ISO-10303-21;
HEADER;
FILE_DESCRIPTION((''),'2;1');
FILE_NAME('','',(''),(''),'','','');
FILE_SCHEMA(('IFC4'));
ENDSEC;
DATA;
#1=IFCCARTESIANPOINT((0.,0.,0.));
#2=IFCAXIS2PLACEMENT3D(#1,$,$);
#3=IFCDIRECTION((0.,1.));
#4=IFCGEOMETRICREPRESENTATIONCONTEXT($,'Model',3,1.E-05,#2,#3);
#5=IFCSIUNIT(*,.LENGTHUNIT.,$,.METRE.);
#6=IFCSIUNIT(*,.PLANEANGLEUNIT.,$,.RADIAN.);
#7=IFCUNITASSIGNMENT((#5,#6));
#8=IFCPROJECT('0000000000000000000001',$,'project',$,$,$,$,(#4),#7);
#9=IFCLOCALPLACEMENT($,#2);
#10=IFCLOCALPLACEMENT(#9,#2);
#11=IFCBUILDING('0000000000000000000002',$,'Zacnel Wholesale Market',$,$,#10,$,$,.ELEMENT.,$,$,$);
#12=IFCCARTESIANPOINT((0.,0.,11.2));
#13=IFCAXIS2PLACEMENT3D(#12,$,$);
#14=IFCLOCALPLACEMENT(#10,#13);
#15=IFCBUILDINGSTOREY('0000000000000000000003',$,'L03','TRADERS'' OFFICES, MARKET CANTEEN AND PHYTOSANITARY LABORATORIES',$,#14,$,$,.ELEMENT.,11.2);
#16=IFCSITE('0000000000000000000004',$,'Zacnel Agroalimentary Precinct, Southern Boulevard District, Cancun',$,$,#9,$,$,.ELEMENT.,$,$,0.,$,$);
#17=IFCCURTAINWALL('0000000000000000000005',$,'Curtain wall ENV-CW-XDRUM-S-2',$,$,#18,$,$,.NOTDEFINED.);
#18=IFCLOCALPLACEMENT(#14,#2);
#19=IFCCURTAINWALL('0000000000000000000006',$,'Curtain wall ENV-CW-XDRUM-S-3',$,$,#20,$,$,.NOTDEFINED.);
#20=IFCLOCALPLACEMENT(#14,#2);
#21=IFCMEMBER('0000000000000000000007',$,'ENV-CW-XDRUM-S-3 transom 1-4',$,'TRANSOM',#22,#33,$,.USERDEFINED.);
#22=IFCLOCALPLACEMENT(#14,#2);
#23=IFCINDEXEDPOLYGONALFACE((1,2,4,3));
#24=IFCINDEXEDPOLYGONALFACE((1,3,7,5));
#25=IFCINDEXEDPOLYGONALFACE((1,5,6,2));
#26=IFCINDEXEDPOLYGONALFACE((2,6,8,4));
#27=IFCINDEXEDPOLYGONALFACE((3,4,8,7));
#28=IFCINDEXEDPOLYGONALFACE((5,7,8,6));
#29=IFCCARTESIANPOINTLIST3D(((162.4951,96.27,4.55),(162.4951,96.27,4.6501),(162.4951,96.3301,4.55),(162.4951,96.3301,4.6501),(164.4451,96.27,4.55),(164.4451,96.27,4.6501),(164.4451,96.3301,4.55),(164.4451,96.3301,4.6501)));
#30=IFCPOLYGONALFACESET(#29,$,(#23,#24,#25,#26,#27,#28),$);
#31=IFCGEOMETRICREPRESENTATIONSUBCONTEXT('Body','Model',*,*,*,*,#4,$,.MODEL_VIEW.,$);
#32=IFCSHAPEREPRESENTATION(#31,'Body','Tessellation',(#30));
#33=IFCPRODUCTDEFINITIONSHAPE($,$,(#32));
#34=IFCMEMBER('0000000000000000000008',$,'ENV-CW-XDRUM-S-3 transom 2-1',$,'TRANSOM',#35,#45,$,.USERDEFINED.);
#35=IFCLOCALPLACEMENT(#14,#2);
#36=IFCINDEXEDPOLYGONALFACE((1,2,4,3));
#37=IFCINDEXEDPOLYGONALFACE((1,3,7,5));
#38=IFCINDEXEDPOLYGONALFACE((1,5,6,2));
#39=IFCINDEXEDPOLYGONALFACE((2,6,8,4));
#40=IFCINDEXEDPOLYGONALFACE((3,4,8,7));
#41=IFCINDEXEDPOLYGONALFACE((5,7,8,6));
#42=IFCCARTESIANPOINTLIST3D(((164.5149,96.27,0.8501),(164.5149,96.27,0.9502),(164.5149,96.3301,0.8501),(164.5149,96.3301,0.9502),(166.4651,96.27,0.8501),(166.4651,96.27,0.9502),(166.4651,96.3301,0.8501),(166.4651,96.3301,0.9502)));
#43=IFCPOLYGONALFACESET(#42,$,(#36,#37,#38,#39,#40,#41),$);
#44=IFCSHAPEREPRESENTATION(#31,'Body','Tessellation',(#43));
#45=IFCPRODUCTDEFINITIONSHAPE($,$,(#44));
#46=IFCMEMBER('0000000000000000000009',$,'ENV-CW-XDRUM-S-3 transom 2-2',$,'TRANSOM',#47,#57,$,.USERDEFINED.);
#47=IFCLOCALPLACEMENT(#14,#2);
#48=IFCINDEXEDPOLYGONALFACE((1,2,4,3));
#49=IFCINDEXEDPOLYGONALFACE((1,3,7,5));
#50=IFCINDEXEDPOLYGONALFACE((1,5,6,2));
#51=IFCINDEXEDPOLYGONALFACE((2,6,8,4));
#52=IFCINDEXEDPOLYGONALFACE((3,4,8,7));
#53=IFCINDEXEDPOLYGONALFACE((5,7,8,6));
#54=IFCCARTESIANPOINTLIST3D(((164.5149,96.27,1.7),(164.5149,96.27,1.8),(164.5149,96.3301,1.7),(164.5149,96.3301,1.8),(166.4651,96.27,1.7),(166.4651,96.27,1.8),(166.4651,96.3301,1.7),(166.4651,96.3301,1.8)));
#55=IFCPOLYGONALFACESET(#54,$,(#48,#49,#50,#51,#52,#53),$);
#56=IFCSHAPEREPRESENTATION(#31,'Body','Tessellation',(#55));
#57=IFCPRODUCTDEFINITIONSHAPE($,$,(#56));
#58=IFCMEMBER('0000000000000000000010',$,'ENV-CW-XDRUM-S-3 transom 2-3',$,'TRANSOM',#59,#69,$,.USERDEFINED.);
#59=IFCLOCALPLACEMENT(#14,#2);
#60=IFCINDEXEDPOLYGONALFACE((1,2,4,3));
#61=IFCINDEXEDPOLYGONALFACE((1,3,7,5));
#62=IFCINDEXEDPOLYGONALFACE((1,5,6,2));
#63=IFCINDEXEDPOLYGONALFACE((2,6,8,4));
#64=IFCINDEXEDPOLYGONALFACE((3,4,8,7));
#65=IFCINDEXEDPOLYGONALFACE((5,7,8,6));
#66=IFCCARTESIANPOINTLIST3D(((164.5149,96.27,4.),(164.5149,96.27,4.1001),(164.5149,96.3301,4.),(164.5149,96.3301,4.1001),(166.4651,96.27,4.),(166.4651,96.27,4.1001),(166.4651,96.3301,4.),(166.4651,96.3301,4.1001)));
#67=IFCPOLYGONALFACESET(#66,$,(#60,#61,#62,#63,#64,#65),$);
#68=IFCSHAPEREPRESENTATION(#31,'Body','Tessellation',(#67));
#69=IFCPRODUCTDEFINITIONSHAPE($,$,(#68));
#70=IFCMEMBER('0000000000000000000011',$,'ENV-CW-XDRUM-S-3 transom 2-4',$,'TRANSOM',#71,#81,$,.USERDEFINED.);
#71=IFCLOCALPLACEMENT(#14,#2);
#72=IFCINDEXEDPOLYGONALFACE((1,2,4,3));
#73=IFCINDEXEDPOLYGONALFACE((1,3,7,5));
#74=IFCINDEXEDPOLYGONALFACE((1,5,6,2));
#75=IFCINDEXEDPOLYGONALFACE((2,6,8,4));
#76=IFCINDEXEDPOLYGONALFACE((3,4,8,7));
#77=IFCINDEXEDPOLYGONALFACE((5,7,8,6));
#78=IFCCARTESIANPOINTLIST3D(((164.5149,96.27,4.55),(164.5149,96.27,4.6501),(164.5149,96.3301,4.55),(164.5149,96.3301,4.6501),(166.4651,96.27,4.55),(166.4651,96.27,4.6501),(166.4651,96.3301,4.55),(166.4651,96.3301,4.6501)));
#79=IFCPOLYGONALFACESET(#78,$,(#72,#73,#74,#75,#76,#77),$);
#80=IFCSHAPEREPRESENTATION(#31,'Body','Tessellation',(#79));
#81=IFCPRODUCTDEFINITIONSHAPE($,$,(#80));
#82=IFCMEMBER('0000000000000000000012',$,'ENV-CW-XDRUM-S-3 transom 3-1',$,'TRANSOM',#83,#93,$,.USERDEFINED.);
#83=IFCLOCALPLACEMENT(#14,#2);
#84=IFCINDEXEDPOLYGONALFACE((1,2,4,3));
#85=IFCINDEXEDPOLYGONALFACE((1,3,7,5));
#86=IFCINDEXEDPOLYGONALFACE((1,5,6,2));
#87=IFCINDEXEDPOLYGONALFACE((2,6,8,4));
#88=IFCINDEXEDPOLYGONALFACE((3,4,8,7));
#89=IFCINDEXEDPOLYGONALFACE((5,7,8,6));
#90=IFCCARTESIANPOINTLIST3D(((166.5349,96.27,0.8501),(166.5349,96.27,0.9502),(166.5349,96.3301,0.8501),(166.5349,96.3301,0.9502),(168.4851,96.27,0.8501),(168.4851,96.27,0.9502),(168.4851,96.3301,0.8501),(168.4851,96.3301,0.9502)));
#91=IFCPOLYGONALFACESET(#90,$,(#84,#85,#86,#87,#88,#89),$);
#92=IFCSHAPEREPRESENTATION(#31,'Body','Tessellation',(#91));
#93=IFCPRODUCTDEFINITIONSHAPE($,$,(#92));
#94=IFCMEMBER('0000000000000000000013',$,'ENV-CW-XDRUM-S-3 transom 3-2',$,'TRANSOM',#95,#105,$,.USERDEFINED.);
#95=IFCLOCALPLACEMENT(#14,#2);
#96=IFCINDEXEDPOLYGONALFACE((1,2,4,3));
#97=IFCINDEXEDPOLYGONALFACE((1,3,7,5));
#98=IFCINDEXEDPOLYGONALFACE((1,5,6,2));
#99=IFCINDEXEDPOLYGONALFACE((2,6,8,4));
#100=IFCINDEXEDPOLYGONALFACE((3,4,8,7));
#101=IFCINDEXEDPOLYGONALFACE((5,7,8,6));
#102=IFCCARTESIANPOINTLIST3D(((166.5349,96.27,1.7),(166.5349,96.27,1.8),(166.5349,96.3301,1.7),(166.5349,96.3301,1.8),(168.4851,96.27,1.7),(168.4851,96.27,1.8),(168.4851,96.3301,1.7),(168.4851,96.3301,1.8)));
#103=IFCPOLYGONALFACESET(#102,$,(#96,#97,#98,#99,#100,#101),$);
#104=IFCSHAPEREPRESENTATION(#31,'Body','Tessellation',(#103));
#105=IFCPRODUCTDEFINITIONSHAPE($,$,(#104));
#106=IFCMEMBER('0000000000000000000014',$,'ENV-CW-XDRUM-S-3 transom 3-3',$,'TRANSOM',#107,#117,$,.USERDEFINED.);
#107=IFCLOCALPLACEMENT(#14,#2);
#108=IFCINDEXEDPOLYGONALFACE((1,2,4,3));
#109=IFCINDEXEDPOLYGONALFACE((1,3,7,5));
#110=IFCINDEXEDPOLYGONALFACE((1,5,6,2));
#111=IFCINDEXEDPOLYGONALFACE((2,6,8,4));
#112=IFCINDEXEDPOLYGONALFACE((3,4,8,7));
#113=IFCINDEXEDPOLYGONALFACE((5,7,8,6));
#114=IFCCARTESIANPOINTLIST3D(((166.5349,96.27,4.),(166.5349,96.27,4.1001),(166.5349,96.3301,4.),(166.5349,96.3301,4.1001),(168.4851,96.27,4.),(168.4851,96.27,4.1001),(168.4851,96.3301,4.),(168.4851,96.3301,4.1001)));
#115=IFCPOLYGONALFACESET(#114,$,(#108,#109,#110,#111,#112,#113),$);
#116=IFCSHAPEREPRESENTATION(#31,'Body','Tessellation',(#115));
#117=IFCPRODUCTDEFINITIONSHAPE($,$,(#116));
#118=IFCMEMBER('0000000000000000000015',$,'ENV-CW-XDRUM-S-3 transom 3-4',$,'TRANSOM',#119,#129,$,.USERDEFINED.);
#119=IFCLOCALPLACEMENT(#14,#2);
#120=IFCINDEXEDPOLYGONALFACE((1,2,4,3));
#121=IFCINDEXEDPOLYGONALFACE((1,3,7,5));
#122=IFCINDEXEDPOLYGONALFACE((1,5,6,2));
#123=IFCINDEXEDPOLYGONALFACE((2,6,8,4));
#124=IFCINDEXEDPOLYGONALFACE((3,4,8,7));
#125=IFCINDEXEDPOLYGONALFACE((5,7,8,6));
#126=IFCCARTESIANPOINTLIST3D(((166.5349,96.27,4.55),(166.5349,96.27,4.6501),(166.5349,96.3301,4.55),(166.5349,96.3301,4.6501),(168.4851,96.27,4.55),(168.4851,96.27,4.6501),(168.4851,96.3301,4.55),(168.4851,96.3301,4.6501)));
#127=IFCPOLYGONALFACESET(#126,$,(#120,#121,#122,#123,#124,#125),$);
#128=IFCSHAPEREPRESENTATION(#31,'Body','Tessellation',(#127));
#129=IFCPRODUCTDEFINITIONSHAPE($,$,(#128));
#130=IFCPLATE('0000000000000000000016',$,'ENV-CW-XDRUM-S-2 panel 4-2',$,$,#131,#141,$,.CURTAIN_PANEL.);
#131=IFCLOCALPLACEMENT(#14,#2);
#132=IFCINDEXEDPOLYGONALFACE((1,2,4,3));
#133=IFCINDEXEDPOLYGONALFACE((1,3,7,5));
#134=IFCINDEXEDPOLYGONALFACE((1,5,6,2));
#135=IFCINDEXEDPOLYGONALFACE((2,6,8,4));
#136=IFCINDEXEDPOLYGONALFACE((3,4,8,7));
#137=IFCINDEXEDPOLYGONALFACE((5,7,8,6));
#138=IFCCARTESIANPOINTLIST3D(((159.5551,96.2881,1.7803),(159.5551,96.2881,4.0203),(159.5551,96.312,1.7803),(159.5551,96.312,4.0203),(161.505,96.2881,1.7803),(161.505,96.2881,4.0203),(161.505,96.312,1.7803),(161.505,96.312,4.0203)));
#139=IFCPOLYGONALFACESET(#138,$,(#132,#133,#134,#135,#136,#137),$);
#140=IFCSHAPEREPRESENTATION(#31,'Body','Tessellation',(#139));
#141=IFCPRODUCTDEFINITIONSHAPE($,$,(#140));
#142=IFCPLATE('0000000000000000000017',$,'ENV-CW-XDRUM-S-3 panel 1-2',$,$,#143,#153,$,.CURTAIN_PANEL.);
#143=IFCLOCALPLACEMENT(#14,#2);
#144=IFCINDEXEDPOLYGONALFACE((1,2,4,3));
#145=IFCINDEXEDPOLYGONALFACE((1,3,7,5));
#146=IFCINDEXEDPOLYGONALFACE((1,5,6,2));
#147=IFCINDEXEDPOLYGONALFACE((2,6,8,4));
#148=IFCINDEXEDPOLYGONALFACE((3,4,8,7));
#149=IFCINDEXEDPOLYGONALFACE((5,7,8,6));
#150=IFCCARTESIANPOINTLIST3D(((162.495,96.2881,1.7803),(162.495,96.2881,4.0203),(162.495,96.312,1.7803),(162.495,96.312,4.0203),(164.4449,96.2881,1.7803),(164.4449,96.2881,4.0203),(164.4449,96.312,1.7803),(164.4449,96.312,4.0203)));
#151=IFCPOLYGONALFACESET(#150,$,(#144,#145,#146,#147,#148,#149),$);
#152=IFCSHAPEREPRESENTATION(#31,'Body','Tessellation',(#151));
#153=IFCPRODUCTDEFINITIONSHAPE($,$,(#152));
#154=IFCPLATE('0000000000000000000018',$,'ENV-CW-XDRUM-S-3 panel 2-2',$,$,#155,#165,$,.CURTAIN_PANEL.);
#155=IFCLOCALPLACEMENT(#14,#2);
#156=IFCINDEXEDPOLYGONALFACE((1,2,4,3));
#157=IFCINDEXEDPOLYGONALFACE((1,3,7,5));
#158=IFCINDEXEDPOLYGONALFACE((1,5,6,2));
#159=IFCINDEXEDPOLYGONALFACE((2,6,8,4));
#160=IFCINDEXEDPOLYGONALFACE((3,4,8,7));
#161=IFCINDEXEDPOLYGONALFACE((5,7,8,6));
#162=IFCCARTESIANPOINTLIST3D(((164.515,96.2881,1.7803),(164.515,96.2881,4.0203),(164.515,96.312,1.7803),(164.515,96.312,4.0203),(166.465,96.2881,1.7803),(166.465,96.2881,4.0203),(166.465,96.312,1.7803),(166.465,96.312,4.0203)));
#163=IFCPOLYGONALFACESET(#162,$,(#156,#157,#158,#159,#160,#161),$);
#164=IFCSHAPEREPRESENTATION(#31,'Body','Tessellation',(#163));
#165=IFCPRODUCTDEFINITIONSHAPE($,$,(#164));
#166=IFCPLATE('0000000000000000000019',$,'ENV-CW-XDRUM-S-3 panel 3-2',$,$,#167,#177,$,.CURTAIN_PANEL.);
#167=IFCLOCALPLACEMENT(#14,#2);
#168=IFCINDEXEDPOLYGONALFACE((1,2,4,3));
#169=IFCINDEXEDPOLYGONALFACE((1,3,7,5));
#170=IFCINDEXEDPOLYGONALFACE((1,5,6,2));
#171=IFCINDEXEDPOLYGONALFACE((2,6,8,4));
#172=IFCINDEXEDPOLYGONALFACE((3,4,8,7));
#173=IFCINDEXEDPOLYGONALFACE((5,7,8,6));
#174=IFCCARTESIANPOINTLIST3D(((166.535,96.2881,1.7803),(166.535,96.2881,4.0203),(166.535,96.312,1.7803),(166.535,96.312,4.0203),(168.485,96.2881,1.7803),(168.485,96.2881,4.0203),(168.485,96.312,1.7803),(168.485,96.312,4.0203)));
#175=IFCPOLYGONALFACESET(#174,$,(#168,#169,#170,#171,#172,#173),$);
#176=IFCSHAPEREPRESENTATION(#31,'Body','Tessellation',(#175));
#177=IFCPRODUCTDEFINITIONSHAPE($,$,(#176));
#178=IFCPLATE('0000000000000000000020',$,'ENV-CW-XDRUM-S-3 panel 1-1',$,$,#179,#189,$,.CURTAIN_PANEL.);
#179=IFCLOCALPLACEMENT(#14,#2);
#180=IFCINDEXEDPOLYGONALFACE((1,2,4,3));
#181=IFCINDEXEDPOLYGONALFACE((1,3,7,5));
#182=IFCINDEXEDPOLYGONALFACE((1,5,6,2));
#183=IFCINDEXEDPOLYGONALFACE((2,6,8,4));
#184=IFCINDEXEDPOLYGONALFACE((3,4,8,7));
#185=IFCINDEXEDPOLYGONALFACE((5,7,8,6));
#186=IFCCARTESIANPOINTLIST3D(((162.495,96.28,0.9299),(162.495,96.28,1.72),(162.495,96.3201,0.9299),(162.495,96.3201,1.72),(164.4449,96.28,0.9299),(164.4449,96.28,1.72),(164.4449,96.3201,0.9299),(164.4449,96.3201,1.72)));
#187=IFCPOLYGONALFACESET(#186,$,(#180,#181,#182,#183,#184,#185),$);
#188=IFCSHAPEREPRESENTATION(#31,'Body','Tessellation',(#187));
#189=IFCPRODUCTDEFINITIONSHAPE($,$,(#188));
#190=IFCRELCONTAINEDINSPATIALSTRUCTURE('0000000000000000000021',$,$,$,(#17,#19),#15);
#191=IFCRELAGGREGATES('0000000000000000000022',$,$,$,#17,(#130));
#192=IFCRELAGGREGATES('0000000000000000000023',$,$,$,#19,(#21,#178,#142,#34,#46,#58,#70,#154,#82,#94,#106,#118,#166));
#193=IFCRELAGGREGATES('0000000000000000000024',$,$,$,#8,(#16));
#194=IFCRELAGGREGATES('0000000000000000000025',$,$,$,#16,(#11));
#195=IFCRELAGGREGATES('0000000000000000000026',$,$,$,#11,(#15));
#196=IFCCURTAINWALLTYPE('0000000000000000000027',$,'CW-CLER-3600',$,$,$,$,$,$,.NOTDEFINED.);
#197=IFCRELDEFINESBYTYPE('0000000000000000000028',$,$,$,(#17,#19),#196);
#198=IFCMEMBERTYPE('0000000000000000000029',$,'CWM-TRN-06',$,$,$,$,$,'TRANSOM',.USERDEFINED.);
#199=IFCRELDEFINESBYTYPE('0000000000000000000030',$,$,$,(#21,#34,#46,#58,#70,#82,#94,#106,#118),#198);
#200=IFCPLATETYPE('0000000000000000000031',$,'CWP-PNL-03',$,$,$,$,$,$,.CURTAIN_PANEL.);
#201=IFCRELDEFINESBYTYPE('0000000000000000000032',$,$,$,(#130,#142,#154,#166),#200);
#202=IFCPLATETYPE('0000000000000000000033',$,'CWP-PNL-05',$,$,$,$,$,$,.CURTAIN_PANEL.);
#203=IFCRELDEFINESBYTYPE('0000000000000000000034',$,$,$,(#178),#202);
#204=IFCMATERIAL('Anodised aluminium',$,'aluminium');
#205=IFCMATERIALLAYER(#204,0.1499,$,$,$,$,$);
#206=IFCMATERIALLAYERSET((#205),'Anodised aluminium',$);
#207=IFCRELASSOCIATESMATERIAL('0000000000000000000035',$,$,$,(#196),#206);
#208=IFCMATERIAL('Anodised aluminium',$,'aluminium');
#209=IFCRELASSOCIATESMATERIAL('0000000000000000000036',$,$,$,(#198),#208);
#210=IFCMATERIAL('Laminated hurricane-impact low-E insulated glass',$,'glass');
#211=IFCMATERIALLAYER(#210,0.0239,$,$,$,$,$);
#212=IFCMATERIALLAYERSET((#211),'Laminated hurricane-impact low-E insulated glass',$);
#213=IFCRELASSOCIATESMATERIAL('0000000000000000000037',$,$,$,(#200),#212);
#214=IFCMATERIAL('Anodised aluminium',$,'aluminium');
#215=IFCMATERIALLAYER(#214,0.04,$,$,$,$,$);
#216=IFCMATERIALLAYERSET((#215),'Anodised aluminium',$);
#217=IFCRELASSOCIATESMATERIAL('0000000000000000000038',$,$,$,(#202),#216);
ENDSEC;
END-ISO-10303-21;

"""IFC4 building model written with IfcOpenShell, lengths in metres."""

from ifc_helpers import new_model, si_unit, direction, frame, origin, origin_2d, place, context, subcontext, project, spatial, rectangle, extrude, material, layer, layer_set, material_profile, profile_set, type_object, element, aggregate, save


model = new_model("IFC4")

# Units and contexts
model_context = context("Model", 3, precision=1e-05, world=origin(), true_north=direction((0.0, 1.0)))
body_context = subcontext(model_context, "Body", "Model", "MODEL_VIEW")
ifc_project = project(units=[si_unit("LENGTHUNIT", "METRE"), si_unit("PLANEANGLEUNIT", "RADIAN")], contexts=[model_context])

# Site, building, storey
site_placement = place(None, origin())
site = spatial("IfcSite", under=ifc_project, at=site_placement, Name="Zacnel Agroalimentary Precinct, Southern Boulevard District, Cancun", CompositionType="ELEMENT", RefElevation=0.0)
building_placement = place(site_placement, origin())
building = spatial("IfcBuilding", under=site, at=building_placement, Name="Zacnel Wholesale Market", CompositionType="ELEMENT")
storey_placement = place(building_placement, frame((0.0, 0.0, 11.2)))
storey = spatial("IfcBuildingStorey", under=building, at=storey_placement, Name="L03", Description="TRADERS' OFFICES, MARKET CANTEEN AND PHYTOSANITARY LABORATORIES", CompositionType="ELEMENT", Elevation=11.2)

# Curtain wall
ifc_material_1 = material(Name="Anodised aluminium", Category="aluminium")
ifc_layer_1 = layer(ifc_material_1, 0.1499)
ifc_layer_set_1 = layer_set([ifc_layer_1], Name="Anodised aluminium")
curtain_wall_type = type_object("IfcCurtainWallType", Name="CW-CLER-3600", PredefinedType="NOTDEFINED", material=ifc_layer_set_1)
curtain_wall_1_placement = place(storey_placement, origin())
curtain_wall_1 = element("IfcCurtainWall", 1, at=curtain_wall_1_placement, inside=storey, type_object=curtain_wall_type, Name="Curtain wall ENV-CW-XDRUM-S-2", PredefinedType="NOTDEFINED")

# Curtain wall
curtain_wall_2_placement = place(storey_placement, origin())
curtain_wall_2 = element("IfcCurtainWall", 2, at=curtain_wall_2_placement, inside=storey, type_object=curtain_wall_type, Name="Curtain wall ENV-CW-XDRUM-S-3", PredefinedType="NOTDEFINED")

# Members
ifc_material_2 = material(Name="Anodised aluminium", Category="aluminium")
ifc_material_profile_1 = material_profile(ifc_material_2, rectangle(XDim=0.0601, YDim=0.1001, at=origin_2d()), Name="AW-TRANSOM 60x100")
ifc_profile_set_1 = profile_set([ifc_material_profile_1], Name="Anodised aluminium")
member_type_1 = type_object("IfcMemberType", Name="CWM-TRN-06", ElementType="TRANSOM", PredefinedType="USERDEFINED", material=ifc_profile_set_1)
member_1_placement = place(storey_placement, frame((162.4951, 96.3, 4.6001), z_axis=(1.0, 0.0, 0.0), x_axis=(0.0, 1.0, 0.0)))
member_1 = element("IfcMember", 3, at=member_1_placement, type_object=member_type_1, Name="ENV-CW-XDRUM-S-3 transom 1-4", ObjectType="TRANSOM", PredefinedType="USERDEFINED", context=body_context, shape_type="SweptSolid", body=[
    extrude(rectangle(XDim=0.0601, YDim=0.1001, at=origin_2d()), origin(), (0.0, 0.0, 1.0), 1.95),
])
member_2_placement = place(storey_placement, frame((164.5149, 96.3, 0.9001), z_axis=(1.0, 0.0, 0.0), x_axis=(0.0, 1.0, 0.0)))
member_2 = element("IfcMember", 4, at=member_2_placement, type_object=member_type_1, Name="ENV-CW-XDRUM-S-3 transom 2-1", ObjectType="TRANSOM", PredefinedType="USERDEFINED", context=body_context, shape_type="SweptSolid", body=[
    extrude(rectangle(XDim=0.0601, YDim=0.1001, at=origin_2d()), origin(), (0.0, 0.0, 1.0), 1.9502),
])
member_3_placement = place(storey_placement, frame((164.5149, 96.3, 1.75), z_axis=(1.0, 0.0, 0.0), x_axis=(0.0, 1.0, 0.0)))
member_3 = element("IfcMember", 5, at=member_3_placement, type_object=member_type_1, Name="ENV-CW-XDRUM-S-3 transom 2-2", ObjectType="TRANSOM", PredefinedType="USERDEFINED", context=body_context, shape_type="SweptSolid", body=[
    extrude(rectangle(XDim=0.0601, YDim=0.1001, at=origin_2d()), origin(), (0.0, 0.0, 1.0), 1.9502),
])
member_4_placement = place(storey_placement, frame((164.5149, 96.3, 4.05), z_axis=(1.0, 0.0, 0.0), x_axis=(0.0, 1.0, 0.0)))
member_4 = element("IfcMember", 6, at=member_4_placement, type_object=member_type_1, Name="ENV-CW-XDRUM-S-3 transom 2-3", ObjectType="TRANSOM", PredefinedType="USERDEFINED", context=body_context, shape_type="SweptSolid", body=[
    extrude(rectangle(XDim=0.0601, YDim=0.1001, at=origin_2d()), origin(), (0.0, 0.0, 1.0), 1.9502),
])
member_5_placement = place(storey_placement, frame((164.5149, 96.3, 4.6001), z_axis=(1.0, 0.0, 0.0), x_axis=(0.0, 1.0, 0.0)))
member_5 = element("IfcMember", 7, at=member_5_placement, type_object=member_type_1, Name="ENV-CW-XDRUM-S-3 transom 2-4", ObjectType="TRANSOM", PredefinedType="USERDEFINED", context=body_context, shape_type="SweptSolid", body=[
    extrude(rectangle(XDim=0.0601, YDim=0.1001, at=origin_2d()), origin(), (0.0, 0.0, 1.0), 1.9502),
])
member_6_placement = place(storey_placement, frame((166.5349, 96.3, 0.9001), z_axis=(1.0, 0.0, 0.0), x_axis=(0.0, 1.0, 0.0)))
member_6 = element("IfcMember", 8, at=member_6_placement, type_object=member_type_1, Name="ENV-CW-XDRUM-S-3 transom 3-1", ObjectType="TRANSOM", PredefinedType="USERDEFINED", context=body_context, shape_type="SweptSolid", body=[
    extrude(rectangle(XDim=0.0601, YDim=0.1001, at=origin_2d()), origin(), (0.0, 0.0, 1.0), 1.9502),
])
member_7_placement = place(storey_placement, frame((166.5349, 96.3, 1.75), z_axis=(1.0, 0.0, 0.0), x_axis=(0.0, 1.0, 0.0)))
member_7 = element("IfcMember", 9, at=member_7_placement, type_object=member_type_1, Name="ENV-CW-XDRUM-S-3 transom 3-2", ObjectType="TRANSOM", PredefinedType="USERDEFINED", context=body_context, shape_type="SweptSolid", body=[
    extrude(rectangle(XDim=0.0601, YDim=0.1001, at=origin_2d()), origin(), (0.0, 0.0, 1.0), 1.9502),
])
member_8_placement = place(storey_placement, frame((166.5349, 96.3, 4.05), z_axis=(1.0, 0.0, 0.0), x_axis=(0.0, 1.0, 0.0)))
member_8 = element("IfcMember", 10, at=member_8_placement, type_object=member_type_1, Name="ENV-CW-XDRUM-S-3 transom 3-3", ObjectType="TRANSOM", PredefinedType="USERDEFINED", context=body_context, shape_type="SweptSolid", body=[
    extrude(rectangle(XDim=0.0601, YDim=0.1001, at=origin_2d()), origin(), (0.0, 0.0, 1.0), 1.9502),
])
member_9_placement = place(storey_placement, frame((166.5349, 96.3, 4.6001), z_axis=(1.0, 0.0, 0.0), x_axis=(0.0, 1.0, 0.0)))
member_9 = element("IfcMember", 11, at=member_9_placement, type_object=member_type_1, Name="ENV-CW-XDRUM-S-3 transom 3-4", ObjectType="TRANSOM", PredefinedType="USERDEFINED", context=body_context, shape_type="SweptSolid", body=[
    extrude(rectangle(XDim=0.0601, YDim=0.1001, at=origin_2d()), origin(), (0.0, 0.0, 1.0), 1.9502),
])

# Plates
ifc_material_3 = material(Name="Laminated hurricane-impact low-E insulated glass", Category="glass")
ifc_layer_2 = layer(ifc_material_3, 0.0239)
ifc_layer_set_2 = layer_set([ifc_layer_2], Name="Laminated hurricane-impact low-E insulated glass")
plate_type_1 = type_object("IfcPlateType", Name="CWP-PNL-03", PredefinedType="CURTAIN_PANEL", material=ifc_layer_set_2)
plate_1_placement = place(storey_placement, frame((160.53, 96.3, 1.7803), z_axis=(0.0, 0.0, 1.0), x_axis=(1.0, 0.0, 0.0)))
plate_1 = element("IfcPlate", 12, at=plate_1_placement, type_object=plate_type_1, Name="ENV-CW-XDRUM-S-2 panel 4-2", PredefinedType="CURTAIN_PANEL", context=body_context, shape_type="SweptSolid", body=[
    extrude(rectangle(XDim=1.95, YDim=0.0239, at=origin_2d()), origin(), (0.0, 0.0, 1.0), 2.24),
])
plate_2_placement = place(storey_placement, frame((163.47, 96.3, 1.7803), z_axis=(0.0, 0.0, 1.0), x_axis=(1.0, 0.0, 0.0)))
plate_2 = element("IfcPlate", 13, at=plate_2_placement, type_object=plate_type_1, Name="ENV-CW-XDRUM-S-3 panel 1-2", PredefinedType="CURTAIN_PANEL", context=body_context, shape_type="SweptSolid", body=[
    extrude(rectangle(XDim=1.95, YDim=0.0239, at=origin_2d()), origin(), (0.0, 0.0, 1.0), 2.24),
])
plate_3_placement = place(storey_placement, frame((165.49, 96.3, 1.7803), z_axis=(0.0, 0.0, 1.0), x_axis=(1.0, 0.0, 0.0)))
plate_3 = element("IfcPlate", 14, at=plate_3_placement, type_object=plate_type_1, Name="ENV-CW-XDRUM-S-3 panel 2-2", PredefinedType="CURTAIN_PANEL", context=body_context, shape_type="SweptSolid", body=[
    extrude(rectangle(XDim=1.95, YDim=0.0239, at=origin_2d()), origin(), (0.0, 0.0, 1.0), 2.24),
])
plate_4_placement = place(storey_placement, frame((167.51, 96.3, 1.7803), z_axis=(0.0, 0.0, 1.0), x_axis=(1.0, 0.0, 0.0)))
plate_4 = element("IfcPlate", 15, at=plate_4_placement, type_object=plate_type_1, Name="ENV-CW-XDRUM-S-3 panel 3-2", PredefinedType="CURTAIN_PANEL", context=body_context, shape_type="SweptSolid", body=[
    extrude(rectangle(XDim=1.95, YDim=0.0239, at=origin_2d()), origin(), (0.0, 0.0, 1.0), 2.24),
])
ifc_material_4 = material(Name="Anodised aluminium", Category="aluminium")
ifc_layer_3 = layer(ifc_material_4, 0.04)
ifc_layer_set_3 = layer_set([ifc_layer_3], Name="Anodised aluminium")
plate_type_2 = type_object("IfcPlateType", Name="CWP-PNL-05", PredefinedType="CURTAIN_PANEL", material=ifc_layer_set_3)
plate_5_placement = place(storey_placement, frame((163.47, 96.3, 0.9299), z_axis=(0.0, 0.0, 1.0), x_axis=(1.0, 0.0, 0.0)))
plate_5 = element("IfcPlate", 16, at=plate_5_placement, type_object=plate_type_2, Name="ENV-CW-XDRUM-S-3 panel 1-1", PredefinedType="CURTAIN_PANEL", context=body_context, shape_type="SweptSolid", body=[
    extrude(rectangle(XDim=1.95, YDim=0.04, at=origin_2d()), origin(), (0.0, 0.0, 1.0), 0.79),
])
aggregate(curtain_wall_1, [plate_1])
aggregate(curtain_wall_2, [member_1, plate_5, plate_2, member_2, member_3, member_4, member_5, plate_3, member_6, member_7, member_8, member_9, plate_4])

save(model, "model.ifc")
